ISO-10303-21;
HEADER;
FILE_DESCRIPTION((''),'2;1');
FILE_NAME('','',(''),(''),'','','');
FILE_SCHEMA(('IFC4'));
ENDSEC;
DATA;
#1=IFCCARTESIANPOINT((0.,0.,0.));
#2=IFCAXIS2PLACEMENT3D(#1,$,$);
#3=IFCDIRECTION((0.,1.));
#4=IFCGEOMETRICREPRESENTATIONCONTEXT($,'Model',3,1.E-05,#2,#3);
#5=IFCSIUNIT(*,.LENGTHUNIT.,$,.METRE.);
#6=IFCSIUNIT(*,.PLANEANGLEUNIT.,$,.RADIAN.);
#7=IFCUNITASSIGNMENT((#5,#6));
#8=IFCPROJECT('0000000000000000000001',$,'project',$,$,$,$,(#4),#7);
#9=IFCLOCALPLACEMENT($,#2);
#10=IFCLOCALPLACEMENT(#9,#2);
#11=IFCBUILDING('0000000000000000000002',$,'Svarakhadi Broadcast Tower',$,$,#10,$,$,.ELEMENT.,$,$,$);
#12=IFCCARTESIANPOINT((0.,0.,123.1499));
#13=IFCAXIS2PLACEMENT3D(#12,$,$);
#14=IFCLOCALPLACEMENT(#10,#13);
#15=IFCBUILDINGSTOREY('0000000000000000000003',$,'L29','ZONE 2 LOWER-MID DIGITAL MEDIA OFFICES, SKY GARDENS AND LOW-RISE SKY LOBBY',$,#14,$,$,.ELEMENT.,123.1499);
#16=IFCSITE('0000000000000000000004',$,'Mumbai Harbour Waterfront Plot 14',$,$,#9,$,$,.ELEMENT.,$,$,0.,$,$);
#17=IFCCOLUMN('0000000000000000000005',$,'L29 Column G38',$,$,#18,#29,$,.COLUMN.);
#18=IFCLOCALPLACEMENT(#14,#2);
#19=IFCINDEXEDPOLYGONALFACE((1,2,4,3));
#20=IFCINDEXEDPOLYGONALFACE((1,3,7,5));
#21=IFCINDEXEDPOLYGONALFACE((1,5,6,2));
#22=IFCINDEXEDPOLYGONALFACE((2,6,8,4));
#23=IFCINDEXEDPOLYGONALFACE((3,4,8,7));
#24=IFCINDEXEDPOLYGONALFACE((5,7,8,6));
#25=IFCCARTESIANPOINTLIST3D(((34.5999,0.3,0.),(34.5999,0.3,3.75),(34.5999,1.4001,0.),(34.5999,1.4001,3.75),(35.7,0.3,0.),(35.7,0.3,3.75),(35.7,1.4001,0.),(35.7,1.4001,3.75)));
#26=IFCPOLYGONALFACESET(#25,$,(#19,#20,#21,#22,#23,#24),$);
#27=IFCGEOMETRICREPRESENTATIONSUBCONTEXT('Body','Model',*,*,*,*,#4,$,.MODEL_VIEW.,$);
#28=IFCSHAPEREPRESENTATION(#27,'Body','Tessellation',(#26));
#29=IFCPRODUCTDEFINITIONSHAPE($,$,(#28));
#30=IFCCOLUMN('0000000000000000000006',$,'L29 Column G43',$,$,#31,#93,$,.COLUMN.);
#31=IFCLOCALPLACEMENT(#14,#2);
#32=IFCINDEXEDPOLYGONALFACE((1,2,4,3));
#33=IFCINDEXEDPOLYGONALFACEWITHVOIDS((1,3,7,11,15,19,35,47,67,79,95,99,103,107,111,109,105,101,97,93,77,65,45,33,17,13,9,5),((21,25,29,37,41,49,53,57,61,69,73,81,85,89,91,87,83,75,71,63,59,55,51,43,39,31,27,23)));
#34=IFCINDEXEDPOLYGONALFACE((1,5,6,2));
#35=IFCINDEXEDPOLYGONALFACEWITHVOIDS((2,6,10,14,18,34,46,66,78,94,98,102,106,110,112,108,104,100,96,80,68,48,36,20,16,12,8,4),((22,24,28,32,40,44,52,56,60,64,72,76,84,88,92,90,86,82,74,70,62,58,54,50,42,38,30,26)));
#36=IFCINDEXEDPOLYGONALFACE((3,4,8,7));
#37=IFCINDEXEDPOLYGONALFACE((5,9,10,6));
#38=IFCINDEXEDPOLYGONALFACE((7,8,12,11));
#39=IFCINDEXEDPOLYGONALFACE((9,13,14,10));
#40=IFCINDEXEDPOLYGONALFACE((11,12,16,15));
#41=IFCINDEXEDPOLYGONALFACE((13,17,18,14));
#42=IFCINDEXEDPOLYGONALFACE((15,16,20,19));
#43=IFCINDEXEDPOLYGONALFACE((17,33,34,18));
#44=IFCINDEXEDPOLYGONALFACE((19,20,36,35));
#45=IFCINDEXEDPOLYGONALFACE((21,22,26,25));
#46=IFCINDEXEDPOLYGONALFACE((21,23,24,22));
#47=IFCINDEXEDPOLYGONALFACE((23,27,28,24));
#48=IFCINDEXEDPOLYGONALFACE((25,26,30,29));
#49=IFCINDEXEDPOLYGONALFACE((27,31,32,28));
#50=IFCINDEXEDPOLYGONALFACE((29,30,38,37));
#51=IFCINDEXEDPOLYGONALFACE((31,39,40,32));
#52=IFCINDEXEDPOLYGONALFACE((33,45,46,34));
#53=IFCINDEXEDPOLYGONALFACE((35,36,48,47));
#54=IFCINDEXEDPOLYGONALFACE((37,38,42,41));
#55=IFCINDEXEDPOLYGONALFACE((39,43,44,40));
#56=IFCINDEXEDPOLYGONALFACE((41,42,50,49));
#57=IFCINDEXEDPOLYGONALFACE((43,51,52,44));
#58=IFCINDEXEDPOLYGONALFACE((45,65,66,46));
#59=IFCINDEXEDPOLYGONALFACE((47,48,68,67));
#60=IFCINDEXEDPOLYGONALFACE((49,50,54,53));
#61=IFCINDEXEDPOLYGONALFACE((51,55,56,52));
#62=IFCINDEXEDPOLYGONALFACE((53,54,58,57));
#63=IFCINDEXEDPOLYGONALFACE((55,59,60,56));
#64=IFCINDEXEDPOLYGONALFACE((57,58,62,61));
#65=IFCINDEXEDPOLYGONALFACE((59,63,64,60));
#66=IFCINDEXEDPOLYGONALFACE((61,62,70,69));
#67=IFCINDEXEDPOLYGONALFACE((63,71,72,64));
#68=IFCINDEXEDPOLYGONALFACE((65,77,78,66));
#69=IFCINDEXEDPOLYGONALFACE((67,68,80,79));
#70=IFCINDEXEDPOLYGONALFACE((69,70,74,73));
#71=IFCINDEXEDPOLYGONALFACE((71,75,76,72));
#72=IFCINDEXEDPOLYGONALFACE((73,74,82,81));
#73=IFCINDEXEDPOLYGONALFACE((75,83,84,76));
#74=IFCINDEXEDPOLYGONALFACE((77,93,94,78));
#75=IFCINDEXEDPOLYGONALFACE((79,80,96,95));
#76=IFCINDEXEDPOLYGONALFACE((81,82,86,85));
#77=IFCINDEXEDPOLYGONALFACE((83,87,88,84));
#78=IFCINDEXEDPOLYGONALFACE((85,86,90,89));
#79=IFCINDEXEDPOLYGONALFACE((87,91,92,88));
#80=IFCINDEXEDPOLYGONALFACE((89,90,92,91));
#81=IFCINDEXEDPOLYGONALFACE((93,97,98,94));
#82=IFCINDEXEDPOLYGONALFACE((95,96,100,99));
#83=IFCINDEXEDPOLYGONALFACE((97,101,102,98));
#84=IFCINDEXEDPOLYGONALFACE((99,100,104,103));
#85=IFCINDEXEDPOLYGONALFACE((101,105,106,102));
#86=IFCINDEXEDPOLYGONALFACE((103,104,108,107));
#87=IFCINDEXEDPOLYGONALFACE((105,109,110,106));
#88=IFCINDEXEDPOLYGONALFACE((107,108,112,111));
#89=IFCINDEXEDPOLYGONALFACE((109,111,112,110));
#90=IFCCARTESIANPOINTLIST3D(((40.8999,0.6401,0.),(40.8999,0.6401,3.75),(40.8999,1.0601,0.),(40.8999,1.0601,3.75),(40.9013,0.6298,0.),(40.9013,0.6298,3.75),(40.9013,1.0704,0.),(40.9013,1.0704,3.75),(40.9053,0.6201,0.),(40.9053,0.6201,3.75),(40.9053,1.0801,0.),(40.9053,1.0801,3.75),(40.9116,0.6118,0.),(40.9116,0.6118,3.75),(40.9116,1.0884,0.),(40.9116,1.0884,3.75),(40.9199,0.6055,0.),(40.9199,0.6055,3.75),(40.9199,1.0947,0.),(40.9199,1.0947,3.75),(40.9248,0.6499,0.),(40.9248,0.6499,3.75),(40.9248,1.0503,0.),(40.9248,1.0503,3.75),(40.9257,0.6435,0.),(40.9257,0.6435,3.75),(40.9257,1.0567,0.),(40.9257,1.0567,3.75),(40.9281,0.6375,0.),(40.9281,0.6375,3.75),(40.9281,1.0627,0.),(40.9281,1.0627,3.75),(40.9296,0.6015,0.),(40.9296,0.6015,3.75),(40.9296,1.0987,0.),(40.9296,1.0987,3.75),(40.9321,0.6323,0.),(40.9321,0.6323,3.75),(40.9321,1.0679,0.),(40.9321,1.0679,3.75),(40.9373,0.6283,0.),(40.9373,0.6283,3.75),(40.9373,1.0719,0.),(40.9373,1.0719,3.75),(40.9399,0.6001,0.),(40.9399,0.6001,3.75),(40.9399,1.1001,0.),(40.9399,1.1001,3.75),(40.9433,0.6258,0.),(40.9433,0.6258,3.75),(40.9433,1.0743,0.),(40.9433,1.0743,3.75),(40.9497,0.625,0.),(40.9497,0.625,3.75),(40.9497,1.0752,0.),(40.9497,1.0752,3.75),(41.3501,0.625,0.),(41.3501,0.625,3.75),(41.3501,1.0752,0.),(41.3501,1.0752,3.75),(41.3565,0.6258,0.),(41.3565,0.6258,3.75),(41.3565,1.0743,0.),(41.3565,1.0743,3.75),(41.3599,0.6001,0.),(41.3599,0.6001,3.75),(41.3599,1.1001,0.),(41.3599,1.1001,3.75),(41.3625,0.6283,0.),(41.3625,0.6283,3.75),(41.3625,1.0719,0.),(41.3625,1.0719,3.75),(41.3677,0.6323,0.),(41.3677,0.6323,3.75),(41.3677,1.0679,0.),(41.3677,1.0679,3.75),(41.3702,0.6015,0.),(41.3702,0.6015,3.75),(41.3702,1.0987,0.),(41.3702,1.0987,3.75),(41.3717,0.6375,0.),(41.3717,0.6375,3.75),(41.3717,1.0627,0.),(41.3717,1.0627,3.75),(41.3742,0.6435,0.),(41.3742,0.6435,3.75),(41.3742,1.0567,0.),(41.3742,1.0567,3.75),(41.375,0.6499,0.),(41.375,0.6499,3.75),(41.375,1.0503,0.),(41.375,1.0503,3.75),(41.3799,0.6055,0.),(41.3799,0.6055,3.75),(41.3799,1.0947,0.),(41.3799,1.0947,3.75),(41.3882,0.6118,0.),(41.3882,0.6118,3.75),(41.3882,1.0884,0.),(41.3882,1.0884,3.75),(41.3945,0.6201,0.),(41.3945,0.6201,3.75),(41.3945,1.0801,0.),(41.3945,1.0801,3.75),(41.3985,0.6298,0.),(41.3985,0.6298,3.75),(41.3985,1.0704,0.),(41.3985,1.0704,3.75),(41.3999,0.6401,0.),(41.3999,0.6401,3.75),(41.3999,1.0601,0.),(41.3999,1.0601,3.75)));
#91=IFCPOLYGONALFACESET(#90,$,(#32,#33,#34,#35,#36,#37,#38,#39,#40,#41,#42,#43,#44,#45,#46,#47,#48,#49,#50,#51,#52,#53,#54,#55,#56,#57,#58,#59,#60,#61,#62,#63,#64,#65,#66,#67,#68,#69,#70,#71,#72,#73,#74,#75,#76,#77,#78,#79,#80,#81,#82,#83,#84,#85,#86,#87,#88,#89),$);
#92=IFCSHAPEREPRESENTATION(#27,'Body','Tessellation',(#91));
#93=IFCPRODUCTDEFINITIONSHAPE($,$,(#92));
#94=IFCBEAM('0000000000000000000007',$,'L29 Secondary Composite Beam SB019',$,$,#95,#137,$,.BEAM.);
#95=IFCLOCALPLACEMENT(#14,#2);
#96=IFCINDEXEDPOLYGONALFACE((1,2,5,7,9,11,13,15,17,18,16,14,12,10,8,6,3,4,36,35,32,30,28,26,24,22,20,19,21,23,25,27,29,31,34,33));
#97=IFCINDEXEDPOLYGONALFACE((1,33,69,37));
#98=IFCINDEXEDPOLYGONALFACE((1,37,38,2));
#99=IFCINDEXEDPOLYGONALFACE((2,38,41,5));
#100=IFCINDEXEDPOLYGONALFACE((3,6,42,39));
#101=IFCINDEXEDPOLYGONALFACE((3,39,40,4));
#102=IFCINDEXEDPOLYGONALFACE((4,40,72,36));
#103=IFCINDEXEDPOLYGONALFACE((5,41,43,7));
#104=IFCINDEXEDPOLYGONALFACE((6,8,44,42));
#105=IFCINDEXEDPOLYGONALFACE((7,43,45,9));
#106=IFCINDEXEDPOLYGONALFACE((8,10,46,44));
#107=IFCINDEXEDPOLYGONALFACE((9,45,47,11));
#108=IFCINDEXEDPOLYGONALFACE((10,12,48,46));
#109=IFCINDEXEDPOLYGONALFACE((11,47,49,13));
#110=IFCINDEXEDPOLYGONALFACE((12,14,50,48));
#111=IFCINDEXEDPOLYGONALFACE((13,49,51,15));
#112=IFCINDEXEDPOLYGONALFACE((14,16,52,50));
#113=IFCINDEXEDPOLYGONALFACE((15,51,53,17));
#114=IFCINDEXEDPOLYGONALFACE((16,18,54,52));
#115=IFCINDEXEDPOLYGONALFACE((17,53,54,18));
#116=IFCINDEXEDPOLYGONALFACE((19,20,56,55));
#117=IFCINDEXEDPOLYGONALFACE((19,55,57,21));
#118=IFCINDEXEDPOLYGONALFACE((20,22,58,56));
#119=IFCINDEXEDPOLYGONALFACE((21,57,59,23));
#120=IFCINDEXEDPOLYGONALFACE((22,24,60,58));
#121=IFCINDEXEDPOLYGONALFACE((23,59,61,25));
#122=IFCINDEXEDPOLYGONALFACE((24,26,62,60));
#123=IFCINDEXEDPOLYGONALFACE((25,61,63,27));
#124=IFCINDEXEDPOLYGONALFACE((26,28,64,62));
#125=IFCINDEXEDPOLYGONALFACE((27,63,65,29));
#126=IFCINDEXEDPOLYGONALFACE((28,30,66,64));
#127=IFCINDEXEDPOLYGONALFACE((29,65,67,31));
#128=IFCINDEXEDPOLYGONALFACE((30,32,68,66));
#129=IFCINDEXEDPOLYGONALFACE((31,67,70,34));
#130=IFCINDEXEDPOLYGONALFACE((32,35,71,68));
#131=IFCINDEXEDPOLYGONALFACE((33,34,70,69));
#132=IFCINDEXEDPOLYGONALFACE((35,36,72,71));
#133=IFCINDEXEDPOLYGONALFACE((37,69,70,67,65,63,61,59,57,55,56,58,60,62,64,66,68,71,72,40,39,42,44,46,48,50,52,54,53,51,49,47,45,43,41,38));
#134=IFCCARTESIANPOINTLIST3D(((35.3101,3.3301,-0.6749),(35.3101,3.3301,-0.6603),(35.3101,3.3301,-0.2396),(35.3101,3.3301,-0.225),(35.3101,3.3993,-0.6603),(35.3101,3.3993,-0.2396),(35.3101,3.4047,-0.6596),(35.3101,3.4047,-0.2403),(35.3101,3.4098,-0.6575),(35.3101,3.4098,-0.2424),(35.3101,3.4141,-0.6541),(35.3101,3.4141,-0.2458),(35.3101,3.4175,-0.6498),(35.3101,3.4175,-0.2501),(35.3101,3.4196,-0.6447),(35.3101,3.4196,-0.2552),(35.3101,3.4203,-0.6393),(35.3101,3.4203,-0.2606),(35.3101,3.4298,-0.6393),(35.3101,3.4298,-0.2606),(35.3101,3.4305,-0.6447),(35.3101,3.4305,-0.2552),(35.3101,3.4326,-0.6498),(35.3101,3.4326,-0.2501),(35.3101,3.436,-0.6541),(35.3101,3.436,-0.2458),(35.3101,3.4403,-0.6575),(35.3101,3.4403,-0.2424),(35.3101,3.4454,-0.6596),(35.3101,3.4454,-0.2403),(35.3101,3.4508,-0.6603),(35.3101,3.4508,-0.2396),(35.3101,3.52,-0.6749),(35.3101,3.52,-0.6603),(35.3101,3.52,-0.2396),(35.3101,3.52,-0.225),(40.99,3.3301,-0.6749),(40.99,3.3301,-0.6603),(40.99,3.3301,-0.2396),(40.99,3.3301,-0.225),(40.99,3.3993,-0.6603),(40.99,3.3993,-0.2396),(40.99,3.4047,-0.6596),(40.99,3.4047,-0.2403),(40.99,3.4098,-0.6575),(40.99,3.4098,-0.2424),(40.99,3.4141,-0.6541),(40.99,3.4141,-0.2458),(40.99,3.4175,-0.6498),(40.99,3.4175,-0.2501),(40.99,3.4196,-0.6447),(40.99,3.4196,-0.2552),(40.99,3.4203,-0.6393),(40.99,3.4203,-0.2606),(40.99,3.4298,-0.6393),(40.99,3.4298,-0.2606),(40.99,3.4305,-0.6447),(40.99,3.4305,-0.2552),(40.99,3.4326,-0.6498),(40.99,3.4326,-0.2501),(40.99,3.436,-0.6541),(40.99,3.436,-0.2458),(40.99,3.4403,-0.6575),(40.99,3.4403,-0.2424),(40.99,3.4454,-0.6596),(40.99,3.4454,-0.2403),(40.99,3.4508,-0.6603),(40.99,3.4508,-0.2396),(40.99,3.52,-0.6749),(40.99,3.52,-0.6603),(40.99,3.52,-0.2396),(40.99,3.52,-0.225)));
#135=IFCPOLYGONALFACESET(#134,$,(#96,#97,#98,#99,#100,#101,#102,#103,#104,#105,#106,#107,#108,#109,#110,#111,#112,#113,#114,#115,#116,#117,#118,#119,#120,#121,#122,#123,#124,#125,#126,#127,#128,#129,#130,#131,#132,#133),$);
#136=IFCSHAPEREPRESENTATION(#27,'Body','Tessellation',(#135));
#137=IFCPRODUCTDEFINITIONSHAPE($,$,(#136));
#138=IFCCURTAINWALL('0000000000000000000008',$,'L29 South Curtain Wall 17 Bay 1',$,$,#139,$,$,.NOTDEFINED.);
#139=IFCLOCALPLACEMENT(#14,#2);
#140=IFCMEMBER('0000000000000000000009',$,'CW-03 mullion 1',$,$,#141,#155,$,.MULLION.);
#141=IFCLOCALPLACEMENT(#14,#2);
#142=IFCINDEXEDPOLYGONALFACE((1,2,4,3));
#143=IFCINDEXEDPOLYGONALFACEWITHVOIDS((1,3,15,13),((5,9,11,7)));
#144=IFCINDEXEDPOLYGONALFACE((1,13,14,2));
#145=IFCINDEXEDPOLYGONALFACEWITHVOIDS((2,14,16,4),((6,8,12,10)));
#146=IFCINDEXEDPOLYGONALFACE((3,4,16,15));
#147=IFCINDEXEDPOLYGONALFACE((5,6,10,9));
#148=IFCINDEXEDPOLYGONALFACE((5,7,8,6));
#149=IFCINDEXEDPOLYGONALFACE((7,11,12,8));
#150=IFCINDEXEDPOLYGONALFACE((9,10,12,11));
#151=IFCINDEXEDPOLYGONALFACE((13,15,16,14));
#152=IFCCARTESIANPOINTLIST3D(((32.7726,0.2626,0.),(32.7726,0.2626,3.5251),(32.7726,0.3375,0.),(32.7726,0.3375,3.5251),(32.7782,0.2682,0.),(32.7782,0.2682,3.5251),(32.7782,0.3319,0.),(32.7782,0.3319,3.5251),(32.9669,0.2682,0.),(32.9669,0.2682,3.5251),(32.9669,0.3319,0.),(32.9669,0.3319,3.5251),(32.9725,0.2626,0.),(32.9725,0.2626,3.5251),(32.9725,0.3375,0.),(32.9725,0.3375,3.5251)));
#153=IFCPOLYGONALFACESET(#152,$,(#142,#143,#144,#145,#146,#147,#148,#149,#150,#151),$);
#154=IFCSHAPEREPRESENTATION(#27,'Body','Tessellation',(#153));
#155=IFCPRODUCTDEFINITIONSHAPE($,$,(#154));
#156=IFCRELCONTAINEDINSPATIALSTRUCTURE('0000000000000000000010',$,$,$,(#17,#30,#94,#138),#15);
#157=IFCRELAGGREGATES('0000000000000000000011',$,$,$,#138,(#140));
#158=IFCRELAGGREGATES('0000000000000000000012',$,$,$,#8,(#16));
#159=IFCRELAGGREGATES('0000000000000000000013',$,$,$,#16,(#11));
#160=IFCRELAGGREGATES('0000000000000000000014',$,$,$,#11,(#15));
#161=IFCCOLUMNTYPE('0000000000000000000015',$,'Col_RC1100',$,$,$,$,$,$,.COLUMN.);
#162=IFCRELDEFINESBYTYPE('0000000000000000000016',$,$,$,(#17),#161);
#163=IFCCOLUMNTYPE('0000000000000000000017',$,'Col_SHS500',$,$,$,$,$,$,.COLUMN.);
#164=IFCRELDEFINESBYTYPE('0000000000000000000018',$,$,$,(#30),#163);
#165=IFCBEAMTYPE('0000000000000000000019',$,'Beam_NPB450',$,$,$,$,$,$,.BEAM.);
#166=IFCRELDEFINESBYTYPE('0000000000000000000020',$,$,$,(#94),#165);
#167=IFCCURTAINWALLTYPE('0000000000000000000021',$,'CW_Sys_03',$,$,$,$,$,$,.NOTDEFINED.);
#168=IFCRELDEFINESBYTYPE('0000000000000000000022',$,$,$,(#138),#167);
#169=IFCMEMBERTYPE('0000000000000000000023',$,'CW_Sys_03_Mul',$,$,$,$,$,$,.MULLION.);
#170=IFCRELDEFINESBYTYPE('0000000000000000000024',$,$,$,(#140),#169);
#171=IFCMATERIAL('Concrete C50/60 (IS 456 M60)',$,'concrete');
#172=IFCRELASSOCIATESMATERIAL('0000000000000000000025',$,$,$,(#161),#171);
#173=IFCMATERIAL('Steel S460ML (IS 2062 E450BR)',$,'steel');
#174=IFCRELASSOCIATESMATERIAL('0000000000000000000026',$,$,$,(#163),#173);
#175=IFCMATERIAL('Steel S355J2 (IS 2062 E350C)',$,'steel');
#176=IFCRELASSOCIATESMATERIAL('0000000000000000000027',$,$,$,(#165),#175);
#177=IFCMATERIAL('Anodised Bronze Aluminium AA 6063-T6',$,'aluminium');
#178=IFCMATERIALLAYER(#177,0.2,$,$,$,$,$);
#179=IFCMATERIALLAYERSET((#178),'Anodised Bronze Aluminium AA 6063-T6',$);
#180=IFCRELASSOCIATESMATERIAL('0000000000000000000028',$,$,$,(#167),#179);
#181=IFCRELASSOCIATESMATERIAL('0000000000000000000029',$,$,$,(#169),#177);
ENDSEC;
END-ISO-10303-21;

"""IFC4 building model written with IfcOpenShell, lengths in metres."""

from ifc_helpers import new_model, si_unit, direction, frame, origin, origin_2d, place, context, subcontext, project, spatial, rectangle, hollow_rectangle, i_section, extrude, material, layer, layer_set, material_profile, profile_set, type_object, element, aggregate, save


model = new_model("IFC4")

# Units and contexts
model_context = context("Model", 3, precision=1e-05, world=origin(), true_north=direction((0.0, 1.0)))
body_context = subcontext(model_context, "Body", "Model", "MODEL_VIEW")
ifc_project = project(units=[si_unit("LENGTHUNIT", "METRE"), si_unit("PLANEANGLEUNIT", "RADIAN")], contexts=[model_context])

# Site, building, storey
site_placement = place(None, origin())
site = spatial("IfcSite", under=ifc_project, at=site_placement, Name="Mumbai Harbour Waterfront Plot 14", CompositionType="ELEMENT", RefElevation=0.0)
building_placement = place(site_placement, origin())
building = spatial("IfcBuilding", under=site, at=building_placement, Name="Svarakhadi Broadcast Tower", CompositionType="ELEMENT")
storey_placement = place(building_placement, frame((0.0, 0.0, 123.1499)))
storey = spatial("IfcBuildingStorey", under=building, at=storey_placement, Name="L29", Description="ZONE 2 LOWER-MID DIGITAL MEDIA OFFICES, SKY GARDENS AND LOW-RISE SKY LOBBY", CompositionType="ELEMENT", Elevation=123.1499)

# Columns
ifc_material_1 = material(Name="Concrete C50/60 (IS 456 M60)", Category="concrete")
ifc_material_profile_1 = material_profile(ifc_material_1, rectangle(XDim=1.1001, YDim=1.1001, at=origin_2d()), Name="RC 1100x1100")
ifc_profile_set_1 = profile_set([ifc_material_profile_1], Name="Concrete C50/60 (IS 456 M60)")
column_type_1 = type_object("IfcColumnType", Name="Col_RC1100", PredefinedType="COLUMN", material=ifc_profile_set_1)
column_1_placement = place(storey_placement, frame((35.1499, 0.8501, 0.0), z_axis=(0.0, 0.0, 1.0), x_axis=(1.0, 0.0, 0.0)))
element("IfcColumn", 1, at=column_1_placement, inside=storey, type_object=column_type_1, Name="L29 Column G38", PredefinedType="COLUMN", context=body_context, shape_type="SweptSolid", body=[
    extrude(rectangle(XDim=1.1001, YDim=1.1001, at=origin_2d()), origin(), (0.0, 0.0, 1.0), 3.75),
])
ifc_material_2 = material(Name="Steel S460ML (IS 2062 E450BR)", Category="steel")
ifc_material_profile_2 = material_profile(ifc_material_2, hollow_rectangle(XDim=0.5, YDim=0.5, WallThickness=0.0249, InnerFilletRadius=0.0249, OuterFilletRadius=0.04, at=origin_2d()), Name="SHS 500x500x25")
ifc_profile_set_2 = profile_set([ifc_material_profile_2], Name="Steel S460ML (IS 2062 E450BR)")
column_type_2 = type_object("IfcColumnType", Name="Col_SHS500", PredefinedType="COLUMN", material=ifc_profile_set_2)
column_2_placement = place(storey_placement, frame((41.1499, 0.8501, 0.0), z_axis=(0.0, 0.0, 1.0), x_axis=(1.0, 0.0, 0.0)))
element("IfcColumn", 2, at=column_2_placement, inside=storey, type_object=column_type_2, Name="L29 Column G43", PredefinedType="COLUMN", context=body_context, shape_type="SweptSolid", body=[
    extrude(hollow_rectangle(XDim=0.5, YDim=0.5, WallThickness=0.0249, InnerFilletRadius=0.0249, OuterFilletRadius=0.04, at=origin_2d()), origin(), (0.0, 0.0, 1.0), 3.75),
])

# Beam
ifc_material_3 = material(Name="Steel S355J2 (IS 2062 E350C)", Category="steel")
ifc_material_profile_3 = material_profile(ifc_material_3, i_section(OverallWidth=0.1899, OverallDepth=0.45, WebThickness=0.0095, FlangeThickness=0.0146, FilletRadius=0.021, at=origin_2d()), Name="NPB 450x190x78")
ifc_profile_set_3 = profile_set([ifc_material_profile_3], Name="Steel S355J2 (IS 2062 E350C)")
beam_type_1 = type_object("IfcBeamType", Name="Beam_NPB450", PredefinedType="BEAM", material=ifc_profile_set_3)
beam_1_placement = place(storey_placement, frame((35.3101, 3.425, -0.45), z_axis=(1.0, 0.0, 0.0), x_axis=(0.0, 1.0, 0.0)))
element("IfcBeam", 3, at=beam_1_placement, inside=storey, type_object=beam_type_1, Name="L29 Secondary Composite Beam SB019", PredefinedType="BEAM", context=body_context, shape_type="SweptSolid", body=[
    extrude(i_section(OverallWidth=0.1899, OverallDepth=0.45, WebThickness=0.0095, FlangeThickness=0.0146, FilletRadius=0.021, at=origin_2d()), origin(), (0.0, 0.0, 1.0), 5.6799),
])

# Curtain wall, member
ifc_material_4 = material(Name="Anodised Bronze Aluminium AA 6063-T6", Category="aluminium")
ifc_layer_1 = layer(ifc_material_4, 0.2)
ifc_layer_set_1 = layer_set([ifc_layer_1], Name="Anodised Bronze Aluminium AA 6063-T6")
curtain_wall_type = type_object("IfcCurtainWallType", Name="CW_Sys_03", PredefinedType="NOTDEFINED", material=ifc_layer_set_1)
curtain_wall_placement = place(storey_placement, origin())
curtain_wall = element("IfcCurtainWall", 4, at=curtain_wall_placement, inside=storey, type_object=curtain_wall_type, Name="L29 South Curtain Wall 17 Bay 1", PredefinedType="NOTDEFINED")
ifc_material_profile_4 = material_profile(ifc_material_4, hollow_rectangle(XDim=0.075, YDim=0.2, WallThickness=0.0056, at=origin_2d()), Name="ALU MULLION 200x75x6")
ifc_profile_set_4 = profile_set([ifc_material_profile_4], Name="Anodised Bronze Aluminium AA 6063-T6")
member_type = type_object("IfcMemberType", Name="CW_Sys_03_Mul", PredefinedType="MULLION", material=ifc_profile_set_4)
member_placement = place(storey_placement, frame((32.8726, 0.3, 0.0), z_axis=(0.0, 0.0, 1.0), x_axis=(0.0, -1.0, 0.0)))
member = element("IfcMember", 5, at=member_placement, type_object=member_type, Name="CW-03 mullion 1", PredefinedType="MULLION", context=body_context, shape_type="SweptSolid", body=[
    extrude(hollow_rectangle(XDim=0.075, YDim=0.2, WallThickness=0.0056, at=origin_2d()), origin(), (0.0, 0.0, 1.0), 3.5251),
])
aggregate(curtain_wall, [member])

save(model, "model.ifc")
